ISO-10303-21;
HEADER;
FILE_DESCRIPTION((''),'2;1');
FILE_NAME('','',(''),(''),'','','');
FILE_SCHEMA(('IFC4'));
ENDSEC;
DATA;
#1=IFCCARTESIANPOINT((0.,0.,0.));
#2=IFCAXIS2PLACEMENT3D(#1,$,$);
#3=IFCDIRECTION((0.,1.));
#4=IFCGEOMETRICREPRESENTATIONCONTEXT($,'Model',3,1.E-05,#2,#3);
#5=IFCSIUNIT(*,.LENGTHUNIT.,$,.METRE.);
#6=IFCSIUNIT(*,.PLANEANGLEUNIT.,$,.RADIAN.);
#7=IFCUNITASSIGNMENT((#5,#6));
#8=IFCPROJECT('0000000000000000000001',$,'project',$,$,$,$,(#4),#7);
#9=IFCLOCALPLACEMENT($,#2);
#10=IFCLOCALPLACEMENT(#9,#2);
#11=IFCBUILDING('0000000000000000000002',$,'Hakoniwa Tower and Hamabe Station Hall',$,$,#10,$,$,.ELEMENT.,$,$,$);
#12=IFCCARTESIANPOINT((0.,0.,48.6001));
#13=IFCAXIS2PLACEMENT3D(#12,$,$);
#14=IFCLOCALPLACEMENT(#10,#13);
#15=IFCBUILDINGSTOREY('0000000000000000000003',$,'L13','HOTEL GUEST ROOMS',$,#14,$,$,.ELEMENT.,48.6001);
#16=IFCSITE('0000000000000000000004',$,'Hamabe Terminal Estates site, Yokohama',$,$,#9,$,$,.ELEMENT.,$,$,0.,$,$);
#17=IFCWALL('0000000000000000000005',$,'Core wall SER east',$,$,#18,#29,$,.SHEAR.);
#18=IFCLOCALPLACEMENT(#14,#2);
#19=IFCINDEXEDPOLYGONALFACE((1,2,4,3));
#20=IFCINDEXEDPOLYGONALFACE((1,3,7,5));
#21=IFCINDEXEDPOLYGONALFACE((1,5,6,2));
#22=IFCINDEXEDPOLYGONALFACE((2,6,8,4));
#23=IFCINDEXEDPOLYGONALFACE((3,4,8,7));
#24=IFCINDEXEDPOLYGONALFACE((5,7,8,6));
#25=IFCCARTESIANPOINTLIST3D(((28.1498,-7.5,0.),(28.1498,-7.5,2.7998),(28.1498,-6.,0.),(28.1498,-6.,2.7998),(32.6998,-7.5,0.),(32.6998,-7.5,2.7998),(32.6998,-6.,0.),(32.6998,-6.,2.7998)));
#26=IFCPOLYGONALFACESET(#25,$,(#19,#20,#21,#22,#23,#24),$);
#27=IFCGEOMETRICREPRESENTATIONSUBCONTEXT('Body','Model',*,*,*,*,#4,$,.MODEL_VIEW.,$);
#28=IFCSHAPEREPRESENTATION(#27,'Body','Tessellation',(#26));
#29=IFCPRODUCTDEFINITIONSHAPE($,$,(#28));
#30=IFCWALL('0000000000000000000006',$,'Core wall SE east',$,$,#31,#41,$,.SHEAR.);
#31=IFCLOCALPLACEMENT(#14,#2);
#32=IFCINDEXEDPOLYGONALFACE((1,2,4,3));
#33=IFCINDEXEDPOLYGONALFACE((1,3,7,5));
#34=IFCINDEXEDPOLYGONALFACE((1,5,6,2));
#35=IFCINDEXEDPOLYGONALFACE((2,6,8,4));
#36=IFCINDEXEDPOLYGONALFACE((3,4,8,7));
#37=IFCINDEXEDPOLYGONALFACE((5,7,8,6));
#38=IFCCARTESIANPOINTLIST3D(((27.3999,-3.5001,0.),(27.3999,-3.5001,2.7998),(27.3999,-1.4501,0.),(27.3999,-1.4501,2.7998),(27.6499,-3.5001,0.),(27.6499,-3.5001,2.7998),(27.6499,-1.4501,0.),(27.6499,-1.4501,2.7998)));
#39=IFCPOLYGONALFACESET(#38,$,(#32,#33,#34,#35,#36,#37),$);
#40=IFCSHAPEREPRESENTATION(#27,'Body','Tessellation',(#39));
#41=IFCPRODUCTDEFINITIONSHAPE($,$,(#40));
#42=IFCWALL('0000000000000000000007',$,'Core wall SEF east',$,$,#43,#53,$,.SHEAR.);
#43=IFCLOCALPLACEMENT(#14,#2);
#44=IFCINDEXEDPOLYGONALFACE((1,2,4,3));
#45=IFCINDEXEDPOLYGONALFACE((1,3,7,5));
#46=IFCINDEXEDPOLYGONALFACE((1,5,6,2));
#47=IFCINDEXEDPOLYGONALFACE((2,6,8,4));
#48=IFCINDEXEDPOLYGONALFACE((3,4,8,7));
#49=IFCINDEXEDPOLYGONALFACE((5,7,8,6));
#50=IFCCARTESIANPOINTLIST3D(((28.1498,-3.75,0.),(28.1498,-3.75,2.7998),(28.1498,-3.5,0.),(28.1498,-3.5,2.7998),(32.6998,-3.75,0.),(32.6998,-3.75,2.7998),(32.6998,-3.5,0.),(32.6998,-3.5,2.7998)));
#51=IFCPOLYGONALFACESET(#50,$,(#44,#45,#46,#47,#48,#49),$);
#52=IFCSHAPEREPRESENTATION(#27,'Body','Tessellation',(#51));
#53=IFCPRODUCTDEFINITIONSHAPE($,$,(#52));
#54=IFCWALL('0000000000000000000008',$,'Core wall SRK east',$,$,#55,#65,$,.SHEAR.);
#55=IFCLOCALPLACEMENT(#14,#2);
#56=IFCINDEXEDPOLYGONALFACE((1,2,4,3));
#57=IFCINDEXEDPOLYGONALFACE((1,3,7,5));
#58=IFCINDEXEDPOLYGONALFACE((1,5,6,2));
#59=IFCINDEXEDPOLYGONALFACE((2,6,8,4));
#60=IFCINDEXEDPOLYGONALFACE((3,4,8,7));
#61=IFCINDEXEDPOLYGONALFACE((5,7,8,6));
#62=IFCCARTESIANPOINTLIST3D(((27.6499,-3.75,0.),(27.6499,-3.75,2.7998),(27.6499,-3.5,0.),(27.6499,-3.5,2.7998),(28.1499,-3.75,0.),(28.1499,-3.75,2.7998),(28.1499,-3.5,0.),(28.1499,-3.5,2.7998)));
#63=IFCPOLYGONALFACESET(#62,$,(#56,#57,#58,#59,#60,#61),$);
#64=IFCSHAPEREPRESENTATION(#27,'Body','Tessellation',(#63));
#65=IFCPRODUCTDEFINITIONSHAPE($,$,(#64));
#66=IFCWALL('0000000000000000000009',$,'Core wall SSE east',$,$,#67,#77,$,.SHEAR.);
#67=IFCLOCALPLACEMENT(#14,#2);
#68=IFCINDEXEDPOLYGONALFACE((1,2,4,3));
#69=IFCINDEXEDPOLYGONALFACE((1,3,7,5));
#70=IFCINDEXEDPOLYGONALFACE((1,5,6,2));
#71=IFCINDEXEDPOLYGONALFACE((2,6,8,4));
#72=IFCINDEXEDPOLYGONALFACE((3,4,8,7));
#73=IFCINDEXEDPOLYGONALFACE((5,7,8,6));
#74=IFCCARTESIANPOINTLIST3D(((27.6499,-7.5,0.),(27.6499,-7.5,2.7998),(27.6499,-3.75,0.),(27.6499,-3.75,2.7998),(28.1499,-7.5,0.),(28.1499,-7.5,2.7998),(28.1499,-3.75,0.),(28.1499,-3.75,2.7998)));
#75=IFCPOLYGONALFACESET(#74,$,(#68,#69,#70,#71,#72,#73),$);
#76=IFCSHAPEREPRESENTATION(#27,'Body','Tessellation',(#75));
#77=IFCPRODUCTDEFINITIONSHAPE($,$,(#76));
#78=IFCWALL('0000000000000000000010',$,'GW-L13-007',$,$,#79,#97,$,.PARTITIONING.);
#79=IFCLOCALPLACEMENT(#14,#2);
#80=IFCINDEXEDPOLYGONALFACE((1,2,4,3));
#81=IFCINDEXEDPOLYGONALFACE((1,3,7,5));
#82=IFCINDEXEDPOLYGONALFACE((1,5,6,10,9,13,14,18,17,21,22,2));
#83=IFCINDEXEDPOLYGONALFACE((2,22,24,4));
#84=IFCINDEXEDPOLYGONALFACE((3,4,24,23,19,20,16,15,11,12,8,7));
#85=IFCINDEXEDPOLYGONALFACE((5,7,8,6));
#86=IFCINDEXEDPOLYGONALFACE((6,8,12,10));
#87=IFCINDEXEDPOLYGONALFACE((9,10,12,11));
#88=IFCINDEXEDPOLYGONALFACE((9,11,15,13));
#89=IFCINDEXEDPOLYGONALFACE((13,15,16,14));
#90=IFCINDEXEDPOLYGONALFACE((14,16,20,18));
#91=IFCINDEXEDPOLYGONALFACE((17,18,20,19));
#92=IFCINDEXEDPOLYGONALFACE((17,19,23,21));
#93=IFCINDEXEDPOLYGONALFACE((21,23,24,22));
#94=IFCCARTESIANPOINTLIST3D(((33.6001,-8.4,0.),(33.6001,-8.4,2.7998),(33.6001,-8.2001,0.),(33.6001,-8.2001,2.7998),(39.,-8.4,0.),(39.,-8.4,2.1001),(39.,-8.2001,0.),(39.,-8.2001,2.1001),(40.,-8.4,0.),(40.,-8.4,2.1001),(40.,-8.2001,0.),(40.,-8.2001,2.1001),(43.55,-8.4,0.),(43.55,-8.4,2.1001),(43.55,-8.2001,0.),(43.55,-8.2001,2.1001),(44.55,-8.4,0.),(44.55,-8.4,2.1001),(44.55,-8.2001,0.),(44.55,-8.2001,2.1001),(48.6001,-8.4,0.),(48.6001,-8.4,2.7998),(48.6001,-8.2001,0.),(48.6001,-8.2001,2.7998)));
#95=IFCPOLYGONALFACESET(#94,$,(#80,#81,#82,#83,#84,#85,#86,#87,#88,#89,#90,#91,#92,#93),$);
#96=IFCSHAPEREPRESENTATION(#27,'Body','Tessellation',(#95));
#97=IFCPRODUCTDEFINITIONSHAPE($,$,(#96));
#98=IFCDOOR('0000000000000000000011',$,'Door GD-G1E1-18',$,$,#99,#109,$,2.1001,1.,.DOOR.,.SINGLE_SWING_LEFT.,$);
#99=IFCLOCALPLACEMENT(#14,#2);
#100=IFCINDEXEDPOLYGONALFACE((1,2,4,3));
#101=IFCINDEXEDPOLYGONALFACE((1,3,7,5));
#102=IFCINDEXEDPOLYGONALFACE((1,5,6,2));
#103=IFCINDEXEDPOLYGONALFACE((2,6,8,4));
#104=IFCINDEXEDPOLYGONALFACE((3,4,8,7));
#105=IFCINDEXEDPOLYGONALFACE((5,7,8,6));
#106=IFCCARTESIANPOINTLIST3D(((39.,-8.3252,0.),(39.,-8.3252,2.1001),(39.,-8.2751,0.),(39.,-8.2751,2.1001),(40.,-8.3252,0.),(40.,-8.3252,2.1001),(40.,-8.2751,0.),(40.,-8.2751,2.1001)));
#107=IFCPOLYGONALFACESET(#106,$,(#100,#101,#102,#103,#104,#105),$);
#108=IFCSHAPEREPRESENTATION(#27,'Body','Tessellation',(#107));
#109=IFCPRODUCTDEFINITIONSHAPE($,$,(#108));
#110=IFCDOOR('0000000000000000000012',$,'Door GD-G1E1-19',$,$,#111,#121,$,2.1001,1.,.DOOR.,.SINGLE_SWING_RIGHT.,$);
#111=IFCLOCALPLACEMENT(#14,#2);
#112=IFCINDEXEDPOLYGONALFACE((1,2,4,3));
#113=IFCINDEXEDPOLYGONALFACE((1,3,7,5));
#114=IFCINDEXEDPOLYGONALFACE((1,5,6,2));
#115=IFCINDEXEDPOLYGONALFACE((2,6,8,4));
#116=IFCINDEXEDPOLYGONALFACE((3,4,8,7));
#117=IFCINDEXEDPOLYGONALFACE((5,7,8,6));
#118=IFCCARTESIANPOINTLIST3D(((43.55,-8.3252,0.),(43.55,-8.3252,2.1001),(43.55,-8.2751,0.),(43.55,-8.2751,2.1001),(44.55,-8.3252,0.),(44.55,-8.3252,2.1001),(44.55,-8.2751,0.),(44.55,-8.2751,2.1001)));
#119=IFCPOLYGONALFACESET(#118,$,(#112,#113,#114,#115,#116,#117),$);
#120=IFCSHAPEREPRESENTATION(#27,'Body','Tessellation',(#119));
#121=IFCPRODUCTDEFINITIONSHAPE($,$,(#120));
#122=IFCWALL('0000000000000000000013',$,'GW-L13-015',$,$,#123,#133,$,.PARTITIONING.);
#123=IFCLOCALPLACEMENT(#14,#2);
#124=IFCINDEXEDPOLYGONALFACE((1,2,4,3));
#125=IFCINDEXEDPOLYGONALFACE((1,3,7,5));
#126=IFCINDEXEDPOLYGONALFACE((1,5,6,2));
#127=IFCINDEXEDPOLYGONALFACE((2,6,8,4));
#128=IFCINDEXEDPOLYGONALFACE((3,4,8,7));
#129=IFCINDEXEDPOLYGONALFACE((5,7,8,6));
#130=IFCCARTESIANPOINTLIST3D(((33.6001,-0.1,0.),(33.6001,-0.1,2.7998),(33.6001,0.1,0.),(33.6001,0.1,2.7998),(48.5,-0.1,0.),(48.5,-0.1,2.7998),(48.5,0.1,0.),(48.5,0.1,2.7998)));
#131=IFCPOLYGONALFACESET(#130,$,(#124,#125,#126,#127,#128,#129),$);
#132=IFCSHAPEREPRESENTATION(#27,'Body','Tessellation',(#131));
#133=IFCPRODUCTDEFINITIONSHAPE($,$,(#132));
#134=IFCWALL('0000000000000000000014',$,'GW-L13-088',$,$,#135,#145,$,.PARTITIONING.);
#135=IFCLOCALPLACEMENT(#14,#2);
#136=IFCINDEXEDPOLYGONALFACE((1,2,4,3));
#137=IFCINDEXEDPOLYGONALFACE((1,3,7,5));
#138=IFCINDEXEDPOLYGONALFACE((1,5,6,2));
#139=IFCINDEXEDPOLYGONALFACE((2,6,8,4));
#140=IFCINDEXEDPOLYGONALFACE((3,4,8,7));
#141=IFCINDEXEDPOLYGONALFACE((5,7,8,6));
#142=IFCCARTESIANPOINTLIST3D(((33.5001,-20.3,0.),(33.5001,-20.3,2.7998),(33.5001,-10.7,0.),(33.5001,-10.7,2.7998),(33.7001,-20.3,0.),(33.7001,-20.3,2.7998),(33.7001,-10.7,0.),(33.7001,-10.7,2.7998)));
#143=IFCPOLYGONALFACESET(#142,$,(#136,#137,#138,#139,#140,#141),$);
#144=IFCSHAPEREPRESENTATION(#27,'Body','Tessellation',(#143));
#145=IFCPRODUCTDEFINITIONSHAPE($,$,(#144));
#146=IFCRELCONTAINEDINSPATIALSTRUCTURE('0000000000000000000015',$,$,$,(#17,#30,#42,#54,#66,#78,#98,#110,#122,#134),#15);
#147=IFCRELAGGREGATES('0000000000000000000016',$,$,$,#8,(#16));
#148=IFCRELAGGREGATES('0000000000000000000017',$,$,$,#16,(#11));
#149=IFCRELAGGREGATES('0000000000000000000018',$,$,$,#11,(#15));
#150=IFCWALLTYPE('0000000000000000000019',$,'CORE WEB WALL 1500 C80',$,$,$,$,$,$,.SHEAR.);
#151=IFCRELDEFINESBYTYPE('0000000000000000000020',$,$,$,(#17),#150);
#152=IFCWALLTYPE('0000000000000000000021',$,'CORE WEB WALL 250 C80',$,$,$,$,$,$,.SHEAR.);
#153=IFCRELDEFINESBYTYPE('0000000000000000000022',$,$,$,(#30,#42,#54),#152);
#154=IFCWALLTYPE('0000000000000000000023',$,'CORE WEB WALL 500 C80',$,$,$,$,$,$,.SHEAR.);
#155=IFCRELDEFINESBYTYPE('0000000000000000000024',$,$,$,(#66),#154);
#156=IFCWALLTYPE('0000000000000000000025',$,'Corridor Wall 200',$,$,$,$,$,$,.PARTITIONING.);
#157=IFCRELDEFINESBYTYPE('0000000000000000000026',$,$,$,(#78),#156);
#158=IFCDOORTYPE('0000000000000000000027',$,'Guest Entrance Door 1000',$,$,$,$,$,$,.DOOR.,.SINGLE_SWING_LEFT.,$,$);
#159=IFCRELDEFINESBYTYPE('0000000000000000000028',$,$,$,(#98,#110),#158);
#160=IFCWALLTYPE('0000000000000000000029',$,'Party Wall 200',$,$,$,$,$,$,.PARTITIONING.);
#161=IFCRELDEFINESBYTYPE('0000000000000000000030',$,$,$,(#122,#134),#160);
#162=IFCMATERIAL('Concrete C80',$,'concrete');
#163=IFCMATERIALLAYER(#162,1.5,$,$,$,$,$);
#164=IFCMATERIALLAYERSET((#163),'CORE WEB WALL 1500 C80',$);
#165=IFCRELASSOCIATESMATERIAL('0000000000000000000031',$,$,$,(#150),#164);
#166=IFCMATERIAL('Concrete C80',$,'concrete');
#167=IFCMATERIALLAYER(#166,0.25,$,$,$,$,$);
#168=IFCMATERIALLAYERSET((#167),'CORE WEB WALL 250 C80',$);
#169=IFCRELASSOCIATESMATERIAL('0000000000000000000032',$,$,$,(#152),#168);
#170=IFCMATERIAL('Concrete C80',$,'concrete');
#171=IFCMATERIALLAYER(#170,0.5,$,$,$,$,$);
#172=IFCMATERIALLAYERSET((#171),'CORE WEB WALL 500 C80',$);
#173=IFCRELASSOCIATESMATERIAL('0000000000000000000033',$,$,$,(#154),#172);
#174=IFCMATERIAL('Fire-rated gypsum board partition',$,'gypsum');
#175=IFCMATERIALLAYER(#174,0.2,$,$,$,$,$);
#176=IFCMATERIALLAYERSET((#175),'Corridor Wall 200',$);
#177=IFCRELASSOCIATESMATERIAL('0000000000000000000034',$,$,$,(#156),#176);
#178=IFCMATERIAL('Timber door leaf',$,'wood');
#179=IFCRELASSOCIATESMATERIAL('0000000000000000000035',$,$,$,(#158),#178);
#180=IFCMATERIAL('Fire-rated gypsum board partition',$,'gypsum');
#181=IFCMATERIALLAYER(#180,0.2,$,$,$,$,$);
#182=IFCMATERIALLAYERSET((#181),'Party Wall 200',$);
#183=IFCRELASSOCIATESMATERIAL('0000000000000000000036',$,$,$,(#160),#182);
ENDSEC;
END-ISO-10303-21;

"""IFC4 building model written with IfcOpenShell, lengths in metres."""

from ifc_helpers import new_model, si_unit, direction, frame, frame_2d, origin, place, context, subcontext, project, spatial, rectangle, extrude, material, layer, layer_set, type_object, element, fill, save


model = new_model("IFC4")

# Units and contexts
model_context = context("Model", 3, precision=1e-05, world=origin(), true_north=direction((0.0, 1.0)))
body_context = subcontext(model_context, "Body", "Model", "MODEL_VIEW")
ifc_project = project(units=[si_unit("LENGTHUNIT", "METRE"), si_unit("PLANEANGLEUNIT", "RADIAN")], contexts=[model_context])

# Site, building, storey
site_placement = place(None, origin())
site = spatial("IfcSite", under=ifc_project, at=site_placement, Name="Hamabe Terminal Estates site, Yokohama", CompositionType="ELEMENT", RefElevation=0.0)
building_placement = place(site_placement, origin())
building = spatial("IfcBuilding", under=site, at=building_placement, Name="Hakoniwa Tower and Hamabe Station Hall", CompositionType="ELEMENT")
storey_placement = place(building_placement, frame((0.0, 0.0, 48.6001)))
storey = spatial("IfcBuildingStorey", under=building, at=storey_placement, Name="L13", Description="HOTEL GUEST ROOMS", CompositionType="ELEMENT", Elevation=48.6001)

# Walls
ifc_material_1 = material(Name="Concrete C80", Category="concrete")
ifc_layer_1 = layer(ifc_material_1, 1.5)
ifc_layer_set_1 = layer_set([ifc_layer_1], Name="CORE WEB WALL 1500 C80")
wall_type_1 = type_object("IfcWallType", Name="CORE WEB WALL 1500 C80", PredefinedType="SHEAR", material=ifc_layer_set_1)
wall_1_placement = place(storey_placement, frame((28.1499, -6.75, 0.0), z_axis=(0.0, 0.0, 1.0), x_axis=(1.0, 0.0, 0.0)))
element("IfcWall", 1, at=wall_1_placement, inside=storey, type_object=wall_type_1, Name="Core wall SER east", PredefinedType="SHEAR", context=body_context, shape_type="SweptSolid", body=[
    extrude(rectangle(XDim=4.55, YDim=1.5, at=frame_2d((2.2749, 0.0))), origin(), (0.0, 0.0, 1.0), 2.7998),
])
ifc_material_2 = material(Name="Concrete C80", Category="concrete")
ifc_layer_2 = layer(ifc_material_2, 0.25)
ifc_layer_set_2 = layer_set([ifc_layer_2], Name="CORE WEB WALL 250 C80")
wall_type_2 = type_object("IfcWallType", Name="CORE WEB WALL 250 C80", PredefinedType="SHEAR", material=ifc_layer_set_2)
wall_2_placement = place(storey_placement, frame((27.5249, -3.5, 0.0), z_axis=(0.0, 0.0, 1.0), x_axis=(0.0, 1.0, 0.0)))
element("IfcWall", 2, at=wall_2_placement, inside=storey, type_object=wall_type_2, Name="Core wall SE east", PredefinedType="SHEAR", context=body_context, shape_type="SweptSolid", body=[
    extrude(rectangle(XDim=2.05, YDim=0.25, at=frame_2d((1.0249, 0.0))), origin(), (0.0, 0.0, 1.0), 2.7998),
])
wall_3_placement = place(storey_placement, frame((28.1499, -3.625, 0.0), z_axis=(0.0, 0.0, 1.0), x_axis=(1.0, 0.0, 0.0)))
element("IfcWall", 3, at=wall_3_placement, inside=storey, type_object=wall_type_2, Name="Core wall SEF east", PredefinedType="SHEAR", context=body_context, shape_type="SweptSolid", body=[
    extrude(rectangle(XDim=4.55, YDim=0.25, at=frame_2d((2.2749, 0.0))), origin(), (0.0, 0.0, 1.0), 2.7998),
])
wall_4_placement = place(storey_placement, frame((27.6499, -3.625, 0.0), z_axis=(0.0, 0.0, 1.0), x_axis=(1.0, 0.0, 0.0)))
element("IfcWall", 4, at=wall_4_placement, inside=storey, type_object=wall_type_2, Name="Core wall SRK east", PredefinedType="SHEAR", context=body_context, shape_type="SweptSolid", body=[
    extrude(rectangle(XDim=0.5, YDim=0.25, at=frame_2d((0.25, 0.0))), origin(), (0.0, 0.0, 1.0), 2.7998),
])
ifc_material_3 = material(Name="Concrete C80", Category="concrete")
ifc_layer_3 = layer(ifc_material_3, 0.5)
ifc_layer_set_3 = layer_set([ifc_layer_3], Name="CORE WEB WALL 500 C80")
wall_type_3 = type_object("IfcWallType", Name="CORE WEB WALL 500 C80", PredefinedType="SHEAR", material=ifc_layer_set_3)
wall_5_placement = place(storey_placement, frame((27.8999, -7.5, 0.0), z_axis=(0.0, 0.0, 1.0), x_axis=(0.0, 1.0, 0.0)))
element("IfcWall", 5, at=wall_5_placement, inside=storey, type_object=wall_type_3, Name="Core wall SSE east", PredefinedType="SHEAR", context=body_context, shape_type="SweptSolid", body=[
    extrude(rectangle(XDim=3.75, YDim=0.5, at=frame_2d((1.875, 0.0))), origin(), (0.0, 0.0, 1.0), 2.7998),
])

# Wall, openings, doors
ifc_material_4 = material(Name="Fire-rated gypsum board partition", Category="gypsum")
ifc_layer_4 = layer(ifc_material_4, 0.2)
ifc_layer_set_4 = layer_set([ifc_layer_4], Name="Corridor Wall 200")
wall_type_4 = type_object("IfcWallType", Name="Corridor Wall 200", PredefinedType="PARTITIONING", material=ifc_layer_set_4)
wall_6_placement = place(storey_placement, frame((33.6001, -8.3, 0.0), z_axis=(0.0, 0.0, 1.0), x_axis=(1.0, 0.0, 0.0)))
wall_6 = element("IfcWall", 6, at=wall_6_placement, inside=storey, type_object=wall_type_4, Name="GW-L13-007", PredefinedType="PARTITIONING", context=body_context, shape_type="SweptSolid", body=[
    extrude(rectangle(XDim=15.0, YDim=0.2, at=frame_2d((7.5, 0.0))), origin(), (0.0, 0.0, 1.0), 2.7998),
])
opening_1_placement = place(wall_6_placement, frame((5.3999, 0.0, 0.0)))
opening_1 = element("IfcOpeningElement", 7, at=opening_1_placement, cuts=wall_6, PredefinedType="OPENING", context=body_context, shape_type="SweptSolid", body=[
    extrude(rectangle(XDim=1.0, YDim=2.1001, at=frame_2d((0.5, 1.05))), frame((0.0, 0.1099, 0.0), z_axis=(0.0, -1.0, 0.0), x_axis=(1.0, 0.0, 0.0)), (0.0, 0.0, 1.0), 0.22),
])
opening_2_placement = place(wall_6_placement, frame((9.95, 0.0, 0.0)))
opening_2 = element("IfcOpeningElement", 8, at=opening_2_placement, cuts=wall_6, PredefinedType="OPENING", context=body_context, shape_type="SweptSolid", body=[
    extrude(rectangle(XDim=1.0, YDim=2.1001, at=frame_2d((0.5, 1.05))), frame((0.0, 0.1099, 0.0), z_axis=(0.0, -1.0, 0.0), x_axis=(1.0, 0.0, 0.0)), (0.0, 0.0, 1.0), 0.22),
])
ifc_material_5 = material(Name="Timber door leaf", Category="wood")
door_type_1 = type_object("IfcDoorType", Name="Guest Entrance Door 1000", OperationType="SINGLE_SWING_LEFT", PredefinedType="DOOR", material=ifc_material_5)
door_1_placement = place(opening_1_placement, origin())
door_1 = element("IfcDoor", 9, at=door_1_placement, inside=storey, type_object=door_type_1, Name="Door GD-G1E1-18", OperationType="SINGLE_SWING_LEFT", OverallHeight=2.1001, OverallWidth=1.0, PredefinedType="DOOR", context=body_context, shape_type="SweptSolid", body=[
    extrude(rectangle(XDim=1.0, YDim=2.1001, at=frame_2d((0.5, 1.05))), frame((0.0, 0.0249, 0.0), z_axis=(0.0, -1.0, 0.0), x_axis=(1.0, 0.0, 0.0)), (0.0, 0.0, 1.0), 0.05),
])
fill(opening_1, door_1)
door_2_placement = place(opening_2_placement, origin())
door_2 = element("IfcDoor", 10, at=door_2_placement, inside=storey, type_object=door_type_1, Name="Door GD-G1E1-19", OperationType="SINGLE_SWING_RIGHT", OverallHeight=2.1001, OverallWidth=1.0, PredefinedType="DOOR", context=body_context, shape_type="SweptSolid", body=[
    extrude(rectangle(XDim=1.0, YDim=2.1001, at=frame_2d((0.5, 1.05))), frame((0.0, 0.0249, 0.0), z_axis=(0.0, -1.0, 0.0), x_axis=(1.0, 0.0, 0.0)), (0.0, 0.0, 1.0), 0.05),
])
fill(opening_2, door_2)

# Walls
ifc_material_6 = material(Name="Fire-rated gypsum board partition", Category="gypsum")
ifc_layer_5 = layer(ifc_material_6, 0.2)
ifc_layer_set_5 = layer_set([ifc_layer_5], Name="Party Wall 200")
wall_type_5 = type_object("IfcWallType", Name="Party Wall 200", PredefinedType="PARTITIONING", material=ifc_layer_set_5)
wall_7_placement = place(storey_placement, frame((33.6001, 0.0, 0.0), z_axis=(0.0, 0.0, 1.0), x_axis=(1.0, 0.0, 0.0)))
element("IfcWall", 11, at=wall_7_placement, inside=storey, type_object=wall_type_5, Name="GW-L13-015", PredefinedType="PARTITIONING", context=body_context, shape_type="SweptSolid", body=[
    extrude(rectangle(XDim=14.8999, YDim=0.2, at=frame_2d((7.45, 0.0))), origin(), (0.0, 0.0, 1.0), 2.7998),
])
wall_8_placement = place(storey_placement, frame((33.6001, -20.3, 0.0), z_axis=(0.0, 0.0, 1.0), x_axis=(0.0, 1.0, 0.0)))
element("IfcWall", 12, at=wall_8_placement, inside=storey, type_object=wall_type_5, Name="GW-L13-088", PredefinedType="PARTITIONING", context=body_context, shape_type="SweptSolid", body=[
    extrude(rectangle(XDim=9.6001, YDim=0.2, at=frame_2d((4.8, 0.0))), origin(), (0.0, 0.0, 1.0), 2.7998),
])

save(model, "model.ifc")
